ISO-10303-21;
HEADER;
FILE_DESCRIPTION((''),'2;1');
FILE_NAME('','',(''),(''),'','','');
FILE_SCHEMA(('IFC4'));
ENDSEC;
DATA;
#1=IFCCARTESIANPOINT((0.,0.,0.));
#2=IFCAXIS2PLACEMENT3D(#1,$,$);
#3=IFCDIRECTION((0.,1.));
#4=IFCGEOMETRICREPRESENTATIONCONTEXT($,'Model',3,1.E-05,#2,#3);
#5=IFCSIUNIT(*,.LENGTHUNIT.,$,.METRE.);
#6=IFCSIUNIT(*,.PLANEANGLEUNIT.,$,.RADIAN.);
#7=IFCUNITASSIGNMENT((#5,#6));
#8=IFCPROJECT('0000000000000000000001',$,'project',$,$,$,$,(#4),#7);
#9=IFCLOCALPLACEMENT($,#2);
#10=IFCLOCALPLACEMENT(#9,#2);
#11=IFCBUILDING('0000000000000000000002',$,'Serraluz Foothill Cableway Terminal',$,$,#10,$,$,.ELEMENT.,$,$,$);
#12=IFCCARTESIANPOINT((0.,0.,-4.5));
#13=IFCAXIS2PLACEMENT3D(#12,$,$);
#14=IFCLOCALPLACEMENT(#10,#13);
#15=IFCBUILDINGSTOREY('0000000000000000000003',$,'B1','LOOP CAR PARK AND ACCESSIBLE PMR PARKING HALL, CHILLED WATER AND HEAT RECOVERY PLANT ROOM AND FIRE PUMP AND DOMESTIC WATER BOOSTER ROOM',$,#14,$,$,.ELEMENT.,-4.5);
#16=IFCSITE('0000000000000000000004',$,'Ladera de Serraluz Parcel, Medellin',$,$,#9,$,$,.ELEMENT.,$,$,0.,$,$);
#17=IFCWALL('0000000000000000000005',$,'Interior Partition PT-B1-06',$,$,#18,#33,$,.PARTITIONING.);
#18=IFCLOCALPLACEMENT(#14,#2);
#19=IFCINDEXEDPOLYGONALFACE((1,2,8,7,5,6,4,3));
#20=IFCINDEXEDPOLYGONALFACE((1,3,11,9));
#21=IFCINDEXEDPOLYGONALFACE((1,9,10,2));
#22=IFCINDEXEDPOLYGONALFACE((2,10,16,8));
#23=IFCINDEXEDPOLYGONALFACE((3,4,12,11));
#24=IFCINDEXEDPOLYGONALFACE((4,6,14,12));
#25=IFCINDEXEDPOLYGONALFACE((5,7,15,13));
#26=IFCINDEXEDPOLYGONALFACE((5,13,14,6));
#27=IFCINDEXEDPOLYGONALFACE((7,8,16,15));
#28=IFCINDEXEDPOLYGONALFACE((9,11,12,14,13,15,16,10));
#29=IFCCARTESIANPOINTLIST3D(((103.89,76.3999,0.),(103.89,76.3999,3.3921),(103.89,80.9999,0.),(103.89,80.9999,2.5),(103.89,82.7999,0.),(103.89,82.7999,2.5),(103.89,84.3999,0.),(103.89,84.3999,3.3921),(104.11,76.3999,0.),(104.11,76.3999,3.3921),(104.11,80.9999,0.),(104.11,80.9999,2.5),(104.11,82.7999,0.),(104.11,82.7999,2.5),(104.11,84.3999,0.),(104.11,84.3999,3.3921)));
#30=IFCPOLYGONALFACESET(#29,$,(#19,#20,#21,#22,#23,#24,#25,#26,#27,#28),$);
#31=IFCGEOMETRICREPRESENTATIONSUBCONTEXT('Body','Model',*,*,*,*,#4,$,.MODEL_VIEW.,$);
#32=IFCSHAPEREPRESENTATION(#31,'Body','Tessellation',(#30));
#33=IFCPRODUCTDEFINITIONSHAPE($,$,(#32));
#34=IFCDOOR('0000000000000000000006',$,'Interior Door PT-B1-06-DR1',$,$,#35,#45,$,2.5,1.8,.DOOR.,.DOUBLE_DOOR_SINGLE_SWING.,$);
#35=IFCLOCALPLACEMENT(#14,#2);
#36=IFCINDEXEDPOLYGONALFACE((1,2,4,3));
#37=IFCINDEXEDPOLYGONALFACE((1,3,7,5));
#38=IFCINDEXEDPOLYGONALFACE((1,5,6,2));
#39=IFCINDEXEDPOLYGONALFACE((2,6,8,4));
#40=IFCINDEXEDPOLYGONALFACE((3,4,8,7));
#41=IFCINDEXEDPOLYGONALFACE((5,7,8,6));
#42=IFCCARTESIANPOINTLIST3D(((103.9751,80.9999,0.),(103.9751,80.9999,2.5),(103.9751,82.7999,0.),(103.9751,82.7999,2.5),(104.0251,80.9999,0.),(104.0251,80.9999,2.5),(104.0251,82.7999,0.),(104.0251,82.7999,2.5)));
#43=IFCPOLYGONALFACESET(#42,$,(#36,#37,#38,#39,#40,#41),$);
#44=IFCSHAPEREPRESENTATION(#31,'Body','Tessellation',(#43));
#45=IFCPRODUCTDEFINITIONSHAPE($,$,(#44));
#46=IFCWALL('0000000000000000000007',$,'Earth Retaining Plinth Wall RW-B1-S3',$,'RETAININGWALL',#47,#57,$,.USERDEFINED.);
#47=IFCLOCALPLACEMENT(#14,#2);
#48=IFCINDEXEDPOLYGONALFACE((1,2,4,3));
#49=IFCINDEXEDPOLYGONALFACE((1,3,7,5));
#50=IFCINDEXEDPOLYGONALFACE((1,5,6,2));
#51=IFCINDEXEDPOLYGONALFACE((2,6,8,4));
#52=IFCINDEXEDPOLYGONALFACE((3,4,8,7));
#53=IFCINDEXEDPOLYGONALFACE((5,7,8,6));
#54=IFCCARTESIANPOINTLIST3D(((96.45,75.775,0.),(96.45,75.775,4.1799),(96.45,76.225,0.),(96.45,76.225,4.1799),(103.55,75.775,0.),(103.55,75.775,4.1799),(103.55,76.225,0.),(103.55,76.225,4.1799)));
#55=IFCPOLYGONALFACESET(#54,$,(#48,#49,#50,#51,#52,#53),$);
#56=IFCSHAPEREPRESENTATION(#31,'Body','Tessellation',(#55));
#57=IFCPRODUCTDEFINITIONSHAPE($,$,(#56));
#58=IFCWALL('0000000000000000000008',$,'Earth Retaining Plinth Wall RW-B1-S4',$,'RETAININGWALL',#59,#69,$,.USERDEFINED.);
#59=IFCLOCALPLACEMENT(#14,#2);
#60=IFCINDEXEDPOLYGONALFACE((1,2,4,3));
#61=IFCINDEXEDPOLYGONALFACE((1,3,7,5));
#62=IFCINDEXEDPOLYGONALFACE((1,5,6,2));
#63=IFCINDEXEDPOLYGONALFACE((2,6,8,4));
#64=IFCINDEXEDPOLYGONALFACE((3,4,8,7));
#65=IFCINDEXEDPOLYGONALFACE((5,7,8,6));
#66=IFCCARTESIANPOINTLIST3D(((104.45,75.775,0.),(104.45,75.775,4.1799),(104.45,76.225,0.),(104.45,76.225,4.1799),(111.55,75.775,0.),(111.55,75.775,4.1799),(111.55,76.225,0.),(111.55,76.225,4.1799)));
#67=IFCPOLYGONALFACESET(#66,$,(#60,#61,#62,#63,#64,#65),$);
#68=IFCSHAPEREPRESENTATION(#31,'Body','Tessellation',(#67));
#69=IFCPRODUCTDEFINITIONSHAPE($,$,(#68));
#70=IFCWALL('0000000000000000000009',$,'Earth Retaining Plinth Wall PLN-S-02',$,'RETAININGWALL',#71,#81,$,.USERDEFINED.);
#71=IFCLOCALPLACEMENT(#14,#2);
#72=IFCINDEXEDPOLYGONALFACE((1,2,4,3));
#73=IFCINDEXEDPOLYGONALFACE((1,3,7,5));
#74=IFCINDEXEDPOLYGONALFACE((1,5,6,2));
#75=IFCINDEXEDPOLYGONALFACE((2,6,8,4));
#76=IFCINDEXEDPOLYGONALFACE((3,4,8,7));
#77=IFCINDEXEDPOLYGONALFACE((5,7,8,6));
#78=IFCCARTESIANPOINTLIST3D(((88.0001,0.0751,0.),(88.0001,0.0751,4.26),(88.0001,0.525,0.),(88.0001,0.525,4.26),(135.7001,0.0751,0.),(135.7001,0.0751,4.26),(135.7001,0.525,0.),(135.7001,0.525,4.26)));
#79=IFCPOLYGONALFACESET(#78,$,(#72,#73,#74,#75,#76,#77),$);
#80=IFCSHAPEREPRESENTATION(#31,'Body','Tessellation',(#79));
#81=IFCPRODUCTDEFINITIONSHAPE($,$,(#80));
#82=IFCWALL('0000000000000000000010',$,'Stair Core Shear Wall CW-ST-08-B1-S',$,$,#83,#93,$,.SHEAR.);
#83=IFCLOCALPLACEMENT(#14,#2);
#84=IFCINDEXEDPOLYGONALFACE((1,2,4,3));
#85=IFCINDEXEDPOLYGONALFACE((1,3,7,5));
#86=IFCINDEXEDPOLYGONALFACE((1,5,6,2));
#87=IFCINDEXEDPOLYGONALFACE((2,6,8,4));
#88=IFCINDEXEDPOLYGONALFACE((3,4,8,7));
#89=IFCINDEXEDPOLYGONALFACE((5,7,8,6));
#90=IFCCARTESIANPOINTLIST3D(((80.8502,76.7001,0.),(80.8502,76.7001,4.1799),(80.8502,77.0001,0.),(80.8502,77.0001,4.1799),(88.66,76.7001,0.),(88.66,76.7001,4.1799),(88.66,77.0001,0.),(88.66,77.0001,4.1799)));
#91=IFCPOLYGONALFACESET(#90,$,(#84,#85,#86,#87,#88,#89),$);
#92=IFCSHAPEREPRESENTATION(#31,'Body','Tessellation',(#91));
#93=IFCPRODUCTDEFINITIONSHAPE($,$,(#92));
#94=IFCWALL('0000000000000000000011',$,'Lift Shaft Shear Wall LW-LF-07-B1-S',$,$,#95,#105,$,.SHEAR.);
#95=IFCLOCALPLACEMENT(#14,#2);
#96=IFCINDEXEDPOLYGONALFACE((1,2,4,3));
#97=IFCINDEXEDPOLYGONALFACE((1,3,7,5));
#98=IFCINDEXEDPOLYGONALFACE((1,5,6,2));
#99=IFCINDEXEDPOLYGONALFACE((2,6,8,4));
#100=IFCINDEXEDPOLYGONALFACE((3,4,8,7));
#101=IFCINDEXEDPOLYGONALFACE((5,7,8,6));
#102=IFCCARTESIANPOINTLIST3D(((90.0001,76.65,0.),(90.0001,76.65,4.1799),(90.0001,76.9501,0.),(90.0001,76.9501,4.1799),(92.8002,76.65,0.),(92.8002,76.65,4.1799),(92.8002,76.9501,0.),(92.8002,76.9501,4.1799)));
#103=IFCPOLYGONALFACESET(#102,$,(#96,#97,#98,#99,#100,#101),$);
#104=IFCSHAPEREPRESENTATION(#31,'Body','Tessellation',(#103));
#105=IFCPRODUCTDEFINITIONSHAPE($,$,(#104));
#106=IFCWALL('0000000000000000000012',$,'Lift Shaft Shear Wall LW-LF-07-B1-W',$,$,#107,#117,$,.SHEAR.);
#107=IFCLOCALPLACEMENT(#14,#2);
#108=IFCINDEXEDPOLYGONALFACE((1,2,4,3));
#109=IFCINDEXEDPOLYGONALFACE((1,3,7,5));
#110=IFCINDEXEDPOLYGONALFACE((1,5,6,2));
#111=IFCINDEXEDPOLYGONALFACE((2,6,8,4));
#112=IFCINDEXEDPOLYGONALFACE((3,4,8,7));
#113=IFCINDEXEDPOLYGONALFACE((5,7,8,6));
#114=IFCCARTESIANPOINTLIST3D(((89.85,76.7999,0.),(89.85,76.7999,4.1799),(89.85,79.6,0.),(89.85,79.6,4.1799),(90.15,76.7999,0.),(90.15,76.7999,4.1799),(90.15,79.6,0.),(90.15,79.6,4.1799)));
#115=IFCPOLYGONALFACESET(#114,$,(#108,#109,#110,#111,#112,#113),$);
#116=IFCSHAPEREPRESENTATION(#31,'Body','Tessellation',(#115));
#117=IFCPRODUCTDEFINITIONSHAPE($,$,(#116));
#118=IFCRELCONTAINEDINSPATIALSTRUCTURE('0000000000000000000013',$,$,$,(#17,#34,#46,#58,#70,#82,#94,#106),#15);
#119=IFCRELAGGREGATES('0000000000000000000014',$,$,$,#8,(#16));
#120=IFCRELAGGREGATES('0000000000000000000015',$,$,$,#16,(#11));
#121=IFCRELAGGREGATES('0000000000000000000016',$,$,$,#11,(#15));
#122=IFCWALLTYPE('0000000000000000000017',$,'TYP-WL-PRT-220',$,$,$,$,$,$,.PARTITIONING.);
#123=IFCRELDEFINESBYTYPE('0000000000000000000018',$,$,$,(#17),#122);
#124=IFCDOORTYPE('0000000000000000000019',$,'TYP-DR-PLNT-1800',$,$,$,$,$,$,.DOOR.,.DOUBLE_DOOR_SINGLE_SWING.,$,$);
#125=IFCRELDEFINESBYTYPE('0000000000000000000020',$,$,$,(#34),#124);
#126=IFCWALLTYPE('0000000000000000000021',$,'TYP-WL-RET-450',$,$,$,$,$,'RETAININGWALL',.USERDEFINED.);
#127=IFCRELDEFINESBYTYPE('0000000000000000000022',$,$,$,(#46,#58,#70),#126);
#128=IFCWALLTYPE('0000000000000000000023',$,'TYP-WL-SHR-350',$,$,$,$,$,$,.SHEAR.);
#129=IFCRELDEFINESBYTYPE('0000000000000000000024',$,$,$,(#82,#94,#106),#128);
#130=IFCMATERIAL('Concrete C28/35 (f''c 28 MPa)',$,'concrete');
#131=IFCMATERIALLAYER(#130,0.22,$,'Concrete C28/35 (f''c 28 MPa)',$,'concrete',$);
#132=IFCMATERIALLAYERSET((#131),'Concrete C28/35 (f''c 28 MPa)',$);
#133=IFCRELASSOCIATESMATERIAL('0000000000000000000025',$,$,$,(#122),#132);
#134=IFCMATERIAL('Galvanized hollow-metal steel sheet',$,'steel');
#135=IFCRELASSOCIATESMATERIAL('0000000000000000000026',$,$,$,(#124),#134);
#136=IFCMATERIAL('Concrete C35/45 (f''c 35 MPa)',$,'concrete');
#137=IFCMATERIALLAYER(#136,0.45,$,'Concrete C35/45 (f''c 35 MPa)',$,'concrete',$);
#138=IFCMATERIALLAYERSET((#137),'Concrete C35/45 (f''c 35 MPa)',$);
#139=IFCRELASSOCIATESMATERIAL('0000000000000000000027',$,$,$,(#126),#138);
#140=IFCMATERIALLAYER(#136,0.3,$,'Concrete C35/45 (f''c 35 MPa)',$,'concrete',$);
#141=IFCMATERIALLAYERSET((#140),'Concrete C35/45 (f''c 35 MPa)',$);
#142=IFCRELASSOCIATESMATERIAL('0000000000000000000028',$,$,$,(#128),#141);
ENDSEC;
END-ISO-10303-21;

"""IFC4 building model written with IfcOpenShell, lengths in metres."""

from ifc_helpers import new_model, si_unit, direction, frame, frame_2d, origin, place, context, subcontext, project, spatial, rectangle, extrude, material, layer, layer_set, type_object, element, fill, save


model = new_model("IFC4")

# Units and contexts
model_context = context("Model", 3, precision=1e-05, world=origin(), true_north=direction((0.0, 1.0)))
body_context = subcontext(model_context, "Body", "Model", "MODEL_VIEW")
ifc_project = project(units=[si_unit("LENGTHUNIT", "METRE"), si_unit("PLANEANGLEUNIT", "RADIAN")], contexts=[model_context])

# Site, building, storey
site_placement = place(None, origin())
site = spatial("IfcSite", under=ifc_project, at=site_placement, Name="Ladera de Serraluz Parcel, Medellin", CompositionType="ELEMENT", RefElevation=0.0)
building_placement = place(site_placement, origin())
building = spatial("IfcBuilding", under=site, at=building_placement, Name="Serraluz Foothill Cableway Terminal", CompositionType="ELEMENT")
storey_placement = place(building_placement, frame((0.0, 0.0, -4.5)))
storey = spatial("IfcBuildingStorey", under=building, at=storey_placement, Name="B1", Description="LOOP CAR PARK AND ACCESSIBLE PMR PARKING HALL, CHILLED WATER AND HEAT RECOVERY PLANT ROOM AND FIRE PUMP AND DOMESTIC WATER BOOSTER ROOM", CompositionType="ELEMENT", Elevation=-4.5)

# Shared definitions
ifc_material_1 = material(Name="Concrete C35/45 (f'c 35 MPa)", Category="concrete")

# Shared definitions
ifc_material_2 = material(Name="Concrete C28/35 (f'c 28 MPa)", Category="concrete")

# Wall, opening, door
ifc_layer_1 = layer(ifc_material_2, 0.22, Name="Concrete C28/35 (f'c 28 MPa)", Category="concrete")
ifc_layer_set_1 = layer_set([ifc_layer_1], Name="Concrete C28/35 (f'c 28 MPa)")
wall_type_1 = type_object("IfcWallType", Name="TYP-WL-PRT-220", PredefinedType="PARTITIONING", material=ifc_layer_set_1)
wall_1_placement = place(storey_placement, frame((104.0, 76.3999, 0.0), z_axis=(0.0, 0.0, 1.0), x_axis=(0.0, 1.0, 0.0)))
wall_1 = element("IfcWall", 1, at=wall_1_placement, inside=storey, type_object=wall_type_1, Name="Interior Partition PT-B1-06", PredefinedType="PARTITIONING", context=body_context, shape_type="SweptSolid", body=[
    extrude(rectangle(XDim=8.0, YDim=0.22, at=frame_2d((4.0, 0.0))), origin(), (0.0, 0.0, 1.0), 3.3921),
])
opening_placement = place(wall_1_placement, frame((4.6001, 0.0, 0.0)))
opening = element("IfcOpeningElement", 2, at=opening_placement, cuts=wall_1, PredefinedType="OPENING", context=body_context, shape_type="SweptSolid", body=[
    extrude(rectangle(XDim=1.8, YDim=2.5, at=frame_2d((0.8999, 1.25))), frame((0.0, 0.1201, 0.0), z_axis=(0.0, -1.0, 0.0), x_axis=(1.0, 0.0, 0.0)), (0.0, 0.0, 1.0), 0.24),
])
ifc_material_3 = material(Name="Galvanized hollow-metal steel sheet", Category="steel")
door_type = type_object("IfcDoorType", Name="TYP-DR-PLNT-1800", OperationType="DOUBLE_DOOR_SINGLE_SWING", PredefinedType="DOOR", material=ifc_material_3)
door_placement = place(opening_placement, origin())
door = element("IfcDoor", 3, at=door_placement, inside=storey, type_object=door_type, Name="Interior Door PT-B1-06-DR1", OperationType="DOUBLE_DOOR_SINGLE_SWING", OverallHeight=2.5, OverallWidth=1.8, PredefinedType="DOOR", context=body_context, shape_type="SweptSolid", body=[
    extrude(rectangle(XDim=1.8, YDim=2.5, at=frame_2d((0.8999, 1.25))), frame((0.0, 0.0249, 0.0), z_axis=(0.0, -1.0, 0.0), x_axis=(1.0, 0.0, 0.0)), (0.0, 0.0, 1.0), 0.05),
])
fill(opening, door)

# Walls
ifc_layer_2 = layer(ifc_material_1, 0.45, Name="Concrete C35/45 (f'c 35 MPa)", Category="concrete")
ifc_layer_set_2 = layer_set([ifc_layer_2], Name="Concrete C35/45 (f'c 35 MPa)")
wall_type_2 = type_object("IfcWallType", Name="TYP-WL-RET-450", ElementType="RETAININGWALL", PredefinedType="USERDEFINED", material=ifc_layer_set_2)
for number, where, z_axis, x_axis, name in (
    (4, (96.45, 76.0, 0.0), (0.0, 0.0, 1.0), (1.0, 0.0, 0.0), "Earth Retaining Plinth Wall RW-B1-S3"),
    (5, (104.45, 76.0, 0.0), (0.0, 0.0, 1.0), (1.0, 0.0, 0.0), "Earth Retaining Plinth Wall RW-B1-S4"),
):
    element("IfcWall", number, at=place(storey_placement, frame(where, z_axis=z_axis, x_axis=x_axis)), inside=storey, type_object=wall_type_2, Name=name, ObjectType="RETAININGWALL", PredefinedType="USERDEFINED", context=body_context, shape_type="SweptSolid", body=[
        extrude(rectangle(XDim=7.1001, YDim=0.45, at=frame_2d((3.55, 0.0))), origin(), (0.0, 0.0, 1.0), 4.1799),
    ])
wall_2_placement = place(storey_placement, frame((88.0, 0.3, 0.0), z_axis=(0.0, 0.0, 1.0), x_axis=(1.0, 0.0, 0.0)))
element("IfcWall", 6, at=wall_2_placement, inside=storey, type_object=wall_type_2, Name="Earth Retaining Plinth Wall PLN-S-02", ObjectType="RETAININGWALL", PredefinedType="USERDEFINED", context=body_context, shape_type="SweptSolid", body=[
    extrude(rectangle(XDim=47.7, YDim=0.45, at=frame_2d((23.8501, 0.0))), origin(), (0.0, 0.0, 1.0), 4.26),
])
ifc_layer_3 = layer(ifc_material_1, 0.3, Name="Concrete C35/45 (f'c 35 MPa)", Category="concrete")
ifc_layer_set_3 = layer_set([ifc_layer_3], Name="Concrete C35/45 (f'c 35 MPa)")
wall_type_3 = type_object("IfcWallType", Name="TYP-WL-SHR-350", PredefinedType="SHEAR", material=ifc_layer_set_3)
wall_3_placement = place(storey_placement, frame((88.6599, 76.8501, 0.0), z_axis=(0.0, 0.0, 1.0), x_axis=(-1.0, 0.0, 0.0)))
element("IfcWall", 7, at=wall_3_placement, inside=storey, type_object=wall_type_3, Name="Stair Core Shear Wall CW-ST-08-B1-S", PredefinedType="SHEAR", context=body_context, shape_type="SweptSolid", body=[
    extrude(rectangle(XDim=7.8098, YDim=0.3, at=frame_2d((3.9048, 0.0))), origin(), (0.0, 0.0, 1.0), 4.1799),
])
for number, where, z_axis, x_axis, name in (
    (8, (92.8, 76.8, 0.0), (0.0, 0.0, 1.0), (-1.0, 0.0, 0.0), "Lift Shaft Shear Wall LW-LF-07-B1-S"),
    (9, (90.0, 76.8, 0.0), (0.0, 0.0, 1.0), (0.0, 1.0, 0.0), "Lift Shaft Shear Wall LW-LF-07-B1-W"),
):
    element("IfcWall", number, at=place(storey_placement, frame(where, z_axis=z_axis, x_axis=x_axis)), inside=storey, type_object=wall_type_3, Name=name, PredefinedType="SHEAR", context=body_context, shape_type="SweptSolid", body=[
        extrude(rectangle(XDim=2.8, YDim=0.3, at=frame_2d((1.3999, 0.0))), origin(), (0.0, 0.0, 1.0), 4.1799),
    ])

save(model, "model.ifc")
